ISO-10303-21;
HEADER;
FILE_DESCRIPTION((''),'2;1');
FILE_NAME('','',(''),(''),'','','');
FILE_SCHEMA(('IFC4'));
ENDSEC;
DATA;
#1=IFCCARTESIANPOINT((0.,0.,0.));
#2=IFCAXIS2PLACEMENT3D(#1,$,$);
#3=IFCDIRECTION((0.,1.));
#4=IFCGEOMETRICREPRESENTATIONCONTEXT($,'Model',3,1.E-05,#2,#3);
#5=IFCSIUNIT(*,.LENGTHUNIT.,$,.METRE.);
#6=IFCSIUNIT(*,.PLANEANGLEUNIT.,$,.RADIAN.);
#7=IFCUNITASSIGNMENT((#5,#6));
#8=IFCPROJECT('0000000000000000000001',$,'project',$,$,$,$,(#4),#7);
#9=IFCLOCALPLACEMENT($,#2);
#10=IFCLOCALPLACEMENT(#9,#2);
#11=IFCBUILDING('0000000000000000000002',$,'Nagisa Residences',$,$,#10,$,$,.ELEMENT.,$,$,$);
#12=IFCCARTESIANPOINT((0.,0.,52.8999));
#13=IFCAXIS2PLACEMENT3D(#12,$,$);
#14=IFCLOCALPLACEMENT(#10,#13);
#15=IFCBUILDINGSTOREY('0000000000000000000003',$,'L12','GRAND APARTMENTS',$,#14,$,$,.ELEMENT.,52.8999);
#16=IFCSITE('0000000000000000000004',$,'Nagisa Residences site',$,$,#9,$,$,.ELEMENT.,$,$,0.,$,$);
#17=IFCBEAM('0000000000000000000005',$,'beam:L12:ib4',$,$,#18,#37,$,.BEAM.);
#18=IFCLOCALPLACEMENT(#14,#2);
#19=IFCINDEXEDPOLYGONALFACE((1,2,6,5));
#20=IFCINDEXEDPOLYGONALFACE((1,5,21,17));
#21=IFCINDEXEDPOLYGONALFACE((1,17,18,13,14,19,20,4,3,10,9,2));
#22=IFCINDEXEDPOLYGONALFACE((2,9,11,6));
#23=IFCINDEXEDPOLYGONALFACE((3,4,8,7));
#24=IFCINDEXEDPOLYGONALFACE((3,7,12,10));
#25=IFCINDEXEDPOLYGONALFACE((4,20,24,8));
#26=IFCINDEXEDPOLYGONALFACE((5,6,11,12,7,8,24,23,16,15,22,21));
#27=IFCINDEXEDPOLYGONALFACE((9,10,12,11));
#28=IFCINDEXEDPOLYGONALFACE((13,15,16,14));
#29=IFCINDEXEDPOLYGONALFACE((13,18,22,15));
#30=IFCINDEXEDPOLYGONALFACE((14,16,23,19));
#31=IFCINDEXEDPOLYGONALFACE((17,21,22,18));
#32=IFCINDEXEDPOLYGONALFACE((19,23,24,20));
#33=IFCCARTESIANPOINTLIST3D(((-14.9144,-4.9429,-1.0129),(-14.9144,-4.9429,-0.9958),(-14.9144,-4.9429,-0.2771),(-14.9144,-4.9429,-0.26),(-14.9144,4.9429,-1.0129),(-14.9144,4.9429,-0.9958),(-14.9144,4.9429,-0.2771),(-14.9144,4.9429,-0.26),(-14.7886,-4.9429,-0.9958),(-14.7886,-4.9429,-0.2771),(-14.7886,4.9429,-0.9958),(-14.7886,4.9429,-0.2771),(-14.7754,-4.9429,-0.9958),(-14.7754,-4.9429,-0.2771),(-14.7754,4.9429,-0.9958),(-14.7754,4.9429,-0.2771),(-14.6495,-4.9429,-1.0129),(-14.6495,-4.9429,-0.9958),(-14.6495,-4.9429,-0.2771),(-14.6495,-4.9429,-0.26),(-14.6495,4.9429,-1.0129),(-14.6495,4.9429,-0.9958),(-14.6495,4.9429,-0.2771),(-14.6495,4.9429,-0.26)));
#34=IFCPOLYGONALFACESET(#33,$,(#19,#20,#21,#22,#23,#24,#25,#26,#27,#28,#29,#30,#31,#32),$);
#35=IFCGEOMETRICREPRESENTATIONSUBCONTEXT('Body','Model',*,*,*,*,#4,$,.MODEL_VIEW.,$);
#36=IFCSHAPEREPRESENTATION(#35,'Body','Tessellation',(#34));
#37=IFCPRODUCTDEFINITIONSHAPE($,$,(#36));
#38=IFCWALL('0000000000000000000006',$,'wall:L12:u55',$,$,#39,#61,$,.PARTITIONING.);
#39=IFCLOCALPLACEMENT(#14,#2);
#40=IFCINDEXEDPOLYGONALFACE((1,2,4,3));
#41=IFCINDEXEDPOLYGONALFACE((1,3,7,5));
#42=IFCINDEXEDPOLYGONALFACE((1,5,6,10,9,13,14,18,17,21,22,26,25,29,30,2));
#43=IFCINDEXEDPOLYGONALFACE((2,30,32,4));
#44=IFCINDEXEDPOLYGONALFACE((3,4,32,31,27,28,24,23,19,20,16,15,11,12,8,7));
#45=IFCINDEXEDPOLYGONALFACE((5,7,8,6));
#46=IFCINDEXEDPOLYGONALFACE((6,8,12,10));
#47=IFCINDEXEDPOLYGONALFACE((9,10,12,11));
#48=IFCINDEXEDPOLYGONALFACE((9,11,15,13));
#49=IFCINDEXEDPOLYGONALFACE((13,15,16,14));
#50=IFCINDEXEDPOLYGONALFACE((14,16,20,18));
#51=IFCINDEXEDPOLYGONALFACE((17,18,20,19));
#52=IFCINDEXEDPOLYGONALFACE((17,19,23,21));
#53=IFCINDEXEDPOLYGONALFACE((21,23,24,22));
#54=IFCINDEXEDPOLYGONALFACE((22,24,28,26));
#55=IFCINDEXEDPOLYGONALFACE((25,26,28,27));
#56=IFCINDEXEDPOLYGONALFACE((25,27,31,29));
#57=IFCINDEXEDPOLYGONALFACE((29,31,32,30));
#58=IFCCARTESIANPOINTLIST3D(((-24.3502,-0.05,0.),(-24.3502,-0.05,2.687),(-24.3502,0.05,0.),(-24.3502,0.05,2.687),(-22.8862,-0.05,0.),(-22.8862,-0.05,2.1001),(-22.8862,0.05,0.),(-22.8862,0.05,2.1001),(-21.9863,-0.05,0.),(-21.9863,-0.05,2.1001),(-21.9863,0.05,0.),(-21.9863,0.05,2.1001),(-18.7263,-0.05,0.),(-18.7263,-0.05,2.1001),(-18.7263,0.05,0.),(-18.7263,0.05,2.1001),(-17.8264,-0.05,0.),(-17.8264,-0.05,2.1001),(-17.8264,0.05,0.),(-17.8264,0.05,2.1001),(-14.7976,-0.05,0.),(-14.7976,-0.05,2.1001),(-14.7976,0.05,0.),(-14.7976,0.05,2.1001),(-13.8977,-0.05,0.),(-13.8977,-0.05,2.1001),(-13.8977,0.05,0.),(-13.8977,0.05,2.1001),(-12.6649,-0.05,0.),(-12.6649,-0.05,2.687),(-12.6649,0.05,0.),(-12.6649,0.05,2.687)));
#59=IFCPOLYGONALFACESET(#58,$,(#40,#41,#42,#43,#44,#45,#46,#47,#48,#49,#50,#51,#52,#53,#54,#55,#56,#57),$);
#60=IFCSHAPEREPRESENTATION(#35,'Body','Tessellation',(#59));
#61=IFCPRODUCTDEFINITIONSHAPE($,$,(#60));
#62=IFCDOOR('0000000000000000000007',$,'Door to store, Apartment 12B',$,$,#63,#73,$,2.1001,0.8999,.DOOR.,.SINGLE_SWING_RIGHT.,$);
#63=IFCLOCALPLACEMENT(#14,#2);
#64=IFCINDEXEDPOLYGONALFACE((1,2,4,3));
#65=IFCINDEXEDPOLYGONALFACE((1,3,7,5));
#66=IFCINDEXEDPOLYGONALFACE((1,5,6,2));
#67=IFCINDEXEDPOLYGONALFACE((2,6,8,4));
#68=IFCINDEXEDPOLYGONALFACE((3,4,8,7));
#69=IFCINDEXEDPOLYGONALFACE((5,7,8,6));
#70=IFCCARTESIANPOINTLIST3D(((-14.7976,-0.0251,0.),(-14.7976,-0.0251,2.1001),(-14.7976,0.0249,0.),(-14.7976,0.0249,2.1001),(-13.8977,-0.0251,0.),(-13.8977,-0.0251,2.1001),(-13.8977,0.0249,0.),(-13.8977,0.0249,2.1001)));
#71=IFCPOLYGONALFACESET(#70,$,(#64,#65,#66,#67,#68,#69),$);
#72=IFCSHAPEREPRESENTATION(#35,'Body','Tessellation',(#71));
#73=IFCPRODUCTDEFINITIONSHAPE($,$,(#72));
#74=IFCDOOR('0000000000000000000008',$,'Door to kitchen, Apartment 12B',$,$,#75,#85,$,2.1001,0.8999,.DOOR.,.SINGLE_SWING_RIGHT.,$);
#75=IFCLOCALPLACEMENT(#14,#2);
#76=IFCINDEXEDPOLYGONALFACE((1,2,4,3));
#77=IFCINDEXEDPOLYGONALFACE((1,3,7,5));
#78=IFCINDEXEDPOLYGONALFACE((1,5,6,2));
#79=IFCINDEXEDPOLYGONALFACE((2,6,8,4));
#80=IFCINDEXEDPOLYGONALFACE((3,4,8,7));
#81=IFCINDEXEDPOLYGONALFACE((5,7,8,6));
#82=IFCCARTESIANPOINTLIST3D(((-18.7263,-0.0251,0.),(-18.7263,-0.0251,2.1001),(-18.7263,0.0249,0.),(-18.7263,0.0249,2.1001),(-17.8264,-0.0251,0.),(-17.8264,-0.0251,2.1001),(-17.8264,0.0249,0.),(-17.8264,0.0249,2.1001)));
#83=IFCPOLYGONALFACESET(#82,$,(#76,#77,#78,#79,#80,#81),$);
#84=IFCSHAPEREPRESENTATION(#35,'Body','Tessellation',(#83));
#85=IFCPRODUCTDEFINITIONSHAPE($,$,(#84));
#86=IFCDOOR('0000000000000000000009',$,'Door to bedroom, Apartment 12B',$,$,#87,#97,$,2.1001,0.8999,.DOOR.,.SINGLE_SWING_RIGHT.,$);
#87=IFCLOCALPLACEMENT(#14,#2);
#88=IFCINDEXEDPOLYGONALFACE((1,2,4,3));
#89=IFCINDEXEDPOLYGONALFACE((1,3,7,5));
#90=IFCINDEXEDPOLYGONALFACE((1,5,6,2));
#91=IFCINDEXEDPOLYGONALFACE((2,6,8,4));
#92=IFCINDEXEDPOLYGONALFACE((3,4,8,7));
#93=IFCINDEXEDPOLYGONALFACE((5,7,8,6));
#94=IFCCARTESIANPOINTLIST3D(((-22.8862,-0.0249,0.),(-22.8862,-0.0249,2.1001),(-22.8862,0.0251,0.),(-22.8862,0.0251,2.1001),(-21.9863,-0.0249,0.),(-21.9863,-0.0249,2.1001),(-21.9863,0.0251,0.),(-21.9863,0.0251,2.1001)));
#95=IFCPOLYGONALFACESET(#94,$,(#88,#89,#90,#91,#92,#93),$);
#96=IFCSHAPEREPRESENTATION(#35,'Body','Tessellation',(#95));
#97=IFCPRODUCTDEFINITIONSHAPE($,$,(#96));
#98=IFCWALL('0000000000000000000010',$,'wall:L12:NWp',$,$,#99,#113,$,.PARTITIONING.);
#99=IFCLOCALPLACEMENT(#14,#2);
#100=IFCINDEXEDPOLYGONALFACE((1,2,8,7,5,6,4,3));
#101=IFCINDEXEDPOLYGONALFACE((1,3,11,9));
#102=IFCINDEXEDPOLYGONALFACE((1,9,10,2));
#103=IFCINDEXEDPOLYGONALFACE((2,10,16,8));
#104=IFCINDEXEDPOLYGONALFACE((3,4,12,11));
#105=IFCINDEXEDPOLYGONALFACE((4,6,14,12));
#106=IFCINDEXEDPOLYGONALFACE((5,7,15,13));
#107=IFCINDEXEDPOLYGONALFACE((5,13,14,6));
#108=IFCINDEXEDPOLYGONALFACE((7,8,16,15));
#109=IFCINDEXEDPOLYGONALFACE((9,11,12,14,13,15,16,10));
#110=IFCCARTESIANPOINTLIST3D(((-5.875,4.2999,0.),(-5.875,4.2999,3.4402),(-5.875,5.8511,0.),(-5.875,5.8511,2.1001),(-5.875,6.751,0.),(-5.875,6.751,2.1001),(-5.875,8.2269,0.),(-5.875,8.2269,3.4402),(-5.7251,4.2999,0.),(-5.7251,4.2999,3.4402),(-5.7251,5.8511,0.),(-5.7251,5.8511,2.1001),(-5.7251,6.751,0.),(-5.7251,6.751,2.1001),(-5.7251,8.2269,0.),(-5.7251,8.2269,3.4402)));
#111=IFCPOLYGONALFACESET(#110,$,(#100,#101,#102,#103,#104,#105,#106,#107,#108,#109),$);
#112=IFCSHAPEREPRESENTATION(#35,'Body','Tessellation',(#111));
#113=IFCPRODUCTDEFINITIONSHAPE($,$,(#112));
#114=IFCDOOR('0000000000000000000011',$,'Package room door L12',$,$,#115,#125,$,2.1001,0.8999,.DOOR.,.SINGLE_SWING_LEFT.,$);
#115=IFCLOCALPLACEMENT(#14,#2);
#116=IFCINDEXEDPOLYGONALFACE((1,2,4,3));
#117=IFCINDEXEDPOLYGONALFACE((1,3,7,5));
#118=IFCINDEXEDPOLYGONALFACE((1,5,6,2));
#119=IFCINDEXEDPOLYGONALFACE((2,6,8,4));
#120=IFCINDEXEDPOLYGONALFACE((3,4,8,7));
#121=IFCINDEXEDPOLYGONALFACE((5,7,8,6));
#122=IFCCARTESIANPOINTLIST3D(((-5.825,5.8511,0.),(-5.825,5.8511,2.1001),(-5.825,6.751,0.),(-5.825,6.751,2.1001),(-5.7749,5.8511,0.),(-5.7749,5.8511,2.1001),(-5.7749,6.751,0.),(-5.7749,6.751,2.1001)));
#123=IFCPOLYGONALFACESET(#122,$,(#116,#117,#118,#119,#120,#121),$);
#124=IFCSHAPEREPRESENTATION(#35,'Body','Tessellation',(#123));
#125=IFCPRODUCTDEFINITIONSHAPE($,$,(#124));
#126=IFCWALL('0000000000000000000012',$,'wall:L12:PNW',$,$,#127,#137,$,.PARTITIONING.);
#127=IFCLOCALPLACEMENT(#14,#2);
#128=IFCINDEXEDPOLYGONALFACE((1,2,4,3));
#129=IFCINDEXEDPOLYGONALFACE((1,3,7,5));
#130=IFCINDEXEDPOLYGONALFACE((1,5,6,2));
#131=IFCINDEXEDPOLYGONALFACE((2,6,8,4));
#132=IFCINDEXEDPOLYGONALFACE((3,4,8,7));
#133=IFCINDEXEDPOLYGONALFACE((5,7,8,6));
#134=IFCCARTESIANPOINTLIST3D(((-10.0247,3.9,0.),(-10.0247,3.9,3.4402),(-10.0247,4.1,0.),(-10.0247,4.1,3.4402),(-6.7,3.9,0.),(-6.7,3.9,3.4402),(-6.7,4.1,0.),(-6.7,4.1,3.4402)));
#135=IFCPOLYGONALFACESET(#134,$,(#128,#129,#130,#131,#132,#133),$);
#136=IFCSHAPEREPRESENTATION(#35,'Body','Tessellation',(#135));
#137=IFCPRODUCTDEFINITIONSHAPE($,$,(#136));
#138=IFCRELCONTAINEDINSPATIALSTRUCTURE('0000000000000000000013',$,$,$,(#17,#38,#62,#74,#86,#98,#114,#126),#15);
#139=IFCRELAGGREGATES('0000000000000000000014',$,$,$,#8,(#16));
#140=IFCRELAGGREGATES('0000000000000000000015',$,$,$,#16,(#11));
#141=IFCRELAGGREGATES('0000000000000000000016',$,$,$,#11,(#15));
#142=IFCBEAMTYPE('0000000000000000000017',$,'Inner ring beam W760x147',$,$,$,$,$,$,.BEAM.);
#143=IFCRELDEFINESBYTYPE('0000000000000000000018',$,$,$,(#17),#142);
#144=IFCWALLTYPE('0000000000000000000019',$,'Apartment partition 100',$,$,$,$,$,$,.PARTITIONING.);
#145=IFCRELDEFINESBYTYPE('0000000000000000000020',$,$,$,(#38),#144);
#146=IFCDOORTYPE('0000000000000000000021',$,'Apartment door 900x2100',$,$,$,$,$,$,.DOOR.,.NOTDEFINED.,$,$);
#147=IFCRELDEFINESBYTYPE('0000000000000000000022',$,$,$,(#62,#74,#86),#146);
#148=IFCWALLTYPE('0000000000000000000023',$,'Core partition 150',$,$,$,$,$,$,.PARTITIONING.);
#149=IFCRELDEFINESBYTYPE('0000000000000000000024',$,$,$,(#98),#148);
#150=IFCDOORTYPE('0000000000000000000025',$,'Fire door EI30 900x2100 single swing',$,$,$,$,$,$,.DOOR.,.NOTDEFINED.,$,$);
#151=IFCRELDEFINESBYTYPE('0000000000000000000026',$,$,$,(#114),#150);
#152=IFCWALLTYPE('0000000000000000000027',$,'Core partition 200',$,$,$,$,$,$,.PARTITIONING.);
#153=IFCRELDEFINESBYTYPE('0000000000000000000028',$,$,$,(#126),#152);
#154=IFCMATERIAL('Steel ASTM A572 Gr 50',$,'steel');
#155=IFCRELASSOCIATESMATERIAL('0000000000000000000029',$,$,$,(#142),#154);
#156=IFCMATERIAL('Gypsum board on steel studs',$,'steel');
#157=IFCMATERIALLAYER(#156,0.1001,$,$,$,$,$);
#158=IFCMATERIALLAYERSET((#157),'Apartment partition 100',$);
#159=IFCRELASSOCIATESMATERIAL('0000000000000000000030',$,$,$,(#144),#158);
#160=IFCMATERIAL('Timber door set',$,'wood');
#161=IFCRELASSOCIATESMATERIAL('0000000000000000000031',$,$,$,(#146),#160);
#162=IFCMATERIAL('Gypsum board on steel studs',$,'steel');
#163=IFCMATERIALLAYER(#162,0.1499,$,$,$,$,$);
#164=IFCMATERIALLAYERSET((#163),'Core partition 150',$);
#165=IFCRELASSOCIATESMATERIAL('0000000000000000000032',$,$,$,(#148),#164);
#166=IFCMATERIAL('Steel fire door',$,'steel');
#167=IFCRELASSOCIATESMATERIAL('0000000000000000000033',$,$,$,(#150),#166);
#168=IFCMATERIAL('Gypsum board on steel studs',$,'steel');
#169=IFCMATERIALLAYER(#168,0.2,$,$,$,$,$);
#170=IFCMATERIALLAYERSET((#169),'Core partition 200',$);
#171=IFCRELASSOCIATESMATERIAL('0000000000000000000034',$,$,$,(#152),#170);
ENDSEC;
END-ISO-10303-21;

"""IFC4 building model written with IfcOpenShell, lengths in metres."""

from ifc_helpers import new_model, si_unit, direction, frame, frame_2d, origin, origin_2d, place, context, subcontext, project, spatial, rectangle, i_section, extrude, material, layer, layer_set, material_profile, profile_set, type_object, element, fill, save


model = new_model("IFC4")

# Units and contexts
model_context = context("Model", 3, precision=1e-05, world=origin(), true_north=direction((0.0, 1.0)))
body_context = subcontext(model_context, "Body", "Model", "MODEL_VIEW")
ifc_project = project(units=[si_unit("LENGTHUNIT", "METRE"), si_unit("PLANEANGLEUNIT", "RADIAN")], contexts=[model_context])

# Site, building, storey
site_placement = place(None, origin())
site = spatial("IfcSite", under=ifc_project, at=site_placement, Name="Nagisa Residences site", CompositionType="ELEMENT", RefElevation=0.0)
building_placement = place(site_placement, origin())
building = spatial("IfcBuilding", under=site, at=building_placement, Name="Nagisa Residences", CompositionType="ELEMENT")
storey_placement = place(building_placement, frame((0.0, 0.0, 52.8999)))
storey = spatial("IfcBuildingStorey", under=building, at=storey_placement, Name="L12", Description="GRAND APARTMENTS", CompositionType="ELEMENT", Elevation=52.8999)

# Beam
ifc_material_1 = material(Name="Steel ASTM A572 Gr 50", Category="steel")
ifc_material_profile = material_profile(ifc_material_1, i_section(OverallWidth=0.2649, OverallDepth=0.7529, WebThickness=0.0132, FlangeThickness=0.0171, at=origin_2d()), Name="W760x147")
ifc_profile_set = profile_set([ifc_material_profile], Name="Steel ASTM A572 Gr 50")
beam_type = type_object("IfcBeamType", Name="Inner ring beam W760x147", PredefinedType="BEAM", material=ifc_profile_set)
beam_placement = place(storey_placement, frame((-14.782, 4.9429, -0.6365), z_axis=(0.0, -1.0, 0.0), x_axis=(1.0, 0.0, 0.0)))
element("IfcBeam", 1, at=beam_placement, inside=storey, type_object=beam_type, Name="beam:L12:ib4", PredefinedType="BEAM", context=body_context, shape_type="SweptSolid", body=[
    extrude(i_section(OverallWidth=0.2649, OverallDepth=0.7529, WebThickness=0.0132, FlangeThickness=0.0171, at=origin_2d()), origin(), (0.0, 0.0, 1.0), 9.8857),
])

# Wall, openings, doors
ifc_material_2 = material(Name="Gypsum board on steel studs", Category="steel")
ifc_layer_1 = layer(ifc_material_2, 0.1001)
ifc_layer_set_1 = layer_set([ifc_layer_1], Name="Apartment partition 100")
wall_type_1 = type_object("IfcWallType", Name="Apartment partition 100", PredefinedType="PARTITIONING", material=ifc_layer_set_1)
wall_1_placement = place(storey_placement, frame((-12.6648, 0.0, 0.0), z_axis=(0.0, 0.0, 1.0), x_axis=(-1.0, 0.0, 0.0)))
wall_1 = element("IfcWall", 2, at=wall_1_placement, inside=storey, type_object=wall_type_1, Name="wall:L12:u55", PredefinedType="PARTITIONING", context=body_context, shape_type="SweptSolid", body=[
    extrude(rectangle(XDim=11.6853, YDim=0.1001, at=frame_2d((5.8428, 0.0))), origin(), (0.0, 0.0, 1.0), 2.687),
])
opening_1_placement = place(wall_1_placement, frame((1.2329, 0.0, 0.0)))
opening_1 = element("IfcOpeningElement", 3, at=opening_1_placement, cuts=wall_1, PredefinedType="OPENING", context=body_context, shape_type="SweptSolid", body=[
    extrude(rectangle(XDim=0.8999, YDim=2.1001, at=frame_2d((0.45, 1.05))), frame((0.0, 0.0601, 0.0), z_axis=(0.0, -1.0, 0.0), x_axis=(1.0, 0.0, 0.0)), (0.0, 0.0, 1.0), 0.1201),
])
opening_2_placement = place(wall_1_placement, frame((5.1616, 0.0, 0.0)))
opening_2 = element("IfcOpeningElement", 4, at=opening_2_placement, cuts=wall_1, PredefinedType="OPENING", context=body_context, shape_type="SweptSolid", body=[
    extrude(rectangle(XDim=0.8999, YDim=2.1001, at=frame_2d((0.45, 1.05))), frame((0.0, 0.0601, 0.0), z_axis=(0.0, -1.0, 0.0), x_axis=(1.0, 0.0, 0.0)), (0.0, 0.0, 1.0), 0.1201),
])
opening_3_placement = place(wall_1_placement, frame((9.3215, 0.0, 0.0)))
opening_3 = element("IfcOpeningElement", 5, at=opening_3_placement, cuts=wall_1, PredefinedType="OPENING", context=body_context, shape_type="SweptSolid", body=[
    extrude(rectangle(XDim=0.8999, YDim=2.1001, at=frame_2d((0.45, 1.05))), frame((0.0, 0.0601, 0.0), z_axis=(0.0, -1.0, 0.0), x_axis=(1.0, 0.0, 0.0)), (0.0, 0.0, 1.0), 0.1201),
])
ifc_material_3 = material(Name="Timber door set", Category="wood")
door_type_1 = type_object("IfcDoorType", Name="Apartment door 900x2100", OperationType="NOTDEFINED", PredefinedType="DOOR", material=ifc_material_3)
door_1_placement = place(opening_1_placement, frame((0.8999, 0.0, 0.0), x_axis=(-1.0, 0.0, 0.0)))
door_1 = element("IfcDoor", 6, at=door_1_placement, inside=storey, type_object=door_type_1, Name="Door to store, Apartment 12B", OperationType="SINGLE_SWING_RIGHT", OverallHeight=2.1001, OverallWidth=0.8999, PredefinedType="DOOR", context=body_context, shape_type="SweptSolid", body=[
    extrude(rectangle(XDim=0.8999, YDim=2.1001, at=frame_2d((0.45, 1.05))), frame((0.0, 0.0249, 0.0), z_axis=(0.0, -1.0, 0.0), x_axis=(1.0, 0.0, 0.0)), (0.0, 0.0, 1.0), 0.05),
])
fill(opening_1, door_1)
door_2_placement = place(opening_2_placement, frame((0.8999, 0.0, 0.0), x_axis=(-1.0, 0.0, 0.0)))
door_2 = element("IfcDoor", 7, at=door_2_placement, inside=storey, type_object=door_type_1, Name="Door to kitchen, Apartment 12B", OperationType="SINGLE_SWING_RIGHT", OverallHeight=2.1001, OverallWidth=0.8999, PredefinedType="DOOR", context=body_context, shape_type="SweptSolid", body=[
    extrude(rectangle(XDim=0.8999, YDim=2.1001, at=frame_2d((0.45, 1.05))), frame((0.0, 0.0249, 0.0), z_axis=(0.0, -1.0, 0.0), x_axis=(1.0, 0.0, 0.0)), (0.0, 0.0, 1.0), 0.05),
])
fill(opening_2, door_2)
door_3_placement = place(opening_3_placement, origin())
door_3 = element("IfcDoor", 8, at=door_3_placement, inside=storey, type_object=door_type_1, Name="Door to bedroom, Apartment 12B", OperationType="SINGLE_SWING_RIGHT", OverallHeight=2.1001, OverallWidth=0.8999, PredefinedType="DOOR", context=body_context, shape_type="SweptSolid", body=[
    extrude(rectangle(XDim=0.8999, YDim=2.1001, at=frame_2d((0.45, 1.05))), frame((0.0, 0.0249, 0.0), z_axis=(0.0, -1.0, 0.0), x_axis=(1.0, 0.0, 0.0)), (0.0, 0.0, 1.0), 0.05),
])
fill(opening_3, door_3)

# Wall, opening, door
ifc_material_4 = material(Name="Gypsum board on steel studs", Category="steel")
ifc_layer_2 = layer(ifc_material_4, 0.1499)
ifc_layer_set_2 = layer_set([ifc_layer_2], Name="Core partition 150")
wall_type_2 = type_object("IfcWallType", Name="Core partition 150", PredefinedType="PARTITIONING", material=ifc_layer_set_2)
wall_2_placement = place(storey_placement, frame((-5.8, 4.3, 0.0), z_axis=(0.0, 0.0, 1.0), x_axis=(0.0, 1.0, 0.0)))
wall_2 = element("IfcWall", 9, at=wall_2_placement, inside=storey, type_object=wall_type_2, Name="wall:L12:NWp", PredefinedType="PARTITIONING", context=body_context, shape_type="SweptSolid", body=[
    extrude(rectangle(XDim=3.927, YDim=0.1499, at=frame_2d((1.9634, 0.0))), origin(), (0.0, 0.0, 1.0), 3.4402),
])
opening_4_placement = place(wall_2_placement, frame((1.551, 0.0, 0.0)))
opening_4 = element("IfcOpeningElement", 10, at=opening_4_placement, cuts=wall_2, PredefinedType="OPENING", context=body_context, shape_type="SweptSolid", body=[
    extrude(rectangle(XDim=0.8999, YDim=2.1001, at=frame_2d((0.45, 1.05))), frame((0.0, 0.085, 0.0), z_axis=(0.0, -1.0, 0.0), x_axis=(1.0, 0.0, 0.0)), (0.0, 0.0, 1.0), 0.1699),
])
ifc_material_5 = material(Name="Steel fire door", Category="steel")
door_type_2 = type_object("IfcDoorType", Name="Fire door EI30 900x2100 single swing", OperationType="NOTDEFINED", PredefinedType="DOOR", material=ifc_material_5)
door_4_placement = place(opening_4_placement, origin())
door_4 = element("IfcDoor", 11, at=door_4_placement, inside=storey, type_object=door_type_2, Name="Package room door L12", OperationType="SINGLE_SWING_LEFT", OverallHeight=2.1001, OverallWidth=0.8999, PredefinedType="DOOR", context=body_context, shape_type="SweptSolid", body=[
    extrude(rectangle(XDim=0.8999, YDim=2.1001, at=frame_2d((0.45, 1.05))), frame((0.0, 0.0249, 0.0), z_axis=(0.0, -1.0, 0.0), x_axis=(1.0, 0.0, 0.0)), (0.0, 0.0, 1.0), 0.05),
])
fill(opening_4, door_4)

# Wall
ifc_material_6 = material(Name="Gypsum board on steel studs", Category="steel")
ifc_layer_3 = layer(ifc_material_6, 0.2)
ifc_layer_set_3 = layer_set([ifc_layer_3], Name="Core partition 200")
wall_type_3 = type_object("IfcWallType", Name="Core partition 200", PredefinedType="PARTITIONING", material=ifc_layer_set_3)
wall_3_placement = place(storey_placement, frame((-10.0247, 4.0, 0.0), z_axis=(0.0, 0.0, 1.0), x_axis=(1.0, 0.0, 0.0)))
element("IfcWall", 12, at=wall_3_placement, inside=storey, type_object=wall_type_3, Name="wall:L12:PNW", PredefinedType="PARTITIONING", context=body_context, shape_type="SweptSolid", body=[
    extrude(rectangle(XDim=3.3247, YDim=0.2, at=frame_2d((1.6624, 0.0))), origin(), (0.0, 0.0, 1.0), 3.4402),
])

save(model, "model.ifc")
